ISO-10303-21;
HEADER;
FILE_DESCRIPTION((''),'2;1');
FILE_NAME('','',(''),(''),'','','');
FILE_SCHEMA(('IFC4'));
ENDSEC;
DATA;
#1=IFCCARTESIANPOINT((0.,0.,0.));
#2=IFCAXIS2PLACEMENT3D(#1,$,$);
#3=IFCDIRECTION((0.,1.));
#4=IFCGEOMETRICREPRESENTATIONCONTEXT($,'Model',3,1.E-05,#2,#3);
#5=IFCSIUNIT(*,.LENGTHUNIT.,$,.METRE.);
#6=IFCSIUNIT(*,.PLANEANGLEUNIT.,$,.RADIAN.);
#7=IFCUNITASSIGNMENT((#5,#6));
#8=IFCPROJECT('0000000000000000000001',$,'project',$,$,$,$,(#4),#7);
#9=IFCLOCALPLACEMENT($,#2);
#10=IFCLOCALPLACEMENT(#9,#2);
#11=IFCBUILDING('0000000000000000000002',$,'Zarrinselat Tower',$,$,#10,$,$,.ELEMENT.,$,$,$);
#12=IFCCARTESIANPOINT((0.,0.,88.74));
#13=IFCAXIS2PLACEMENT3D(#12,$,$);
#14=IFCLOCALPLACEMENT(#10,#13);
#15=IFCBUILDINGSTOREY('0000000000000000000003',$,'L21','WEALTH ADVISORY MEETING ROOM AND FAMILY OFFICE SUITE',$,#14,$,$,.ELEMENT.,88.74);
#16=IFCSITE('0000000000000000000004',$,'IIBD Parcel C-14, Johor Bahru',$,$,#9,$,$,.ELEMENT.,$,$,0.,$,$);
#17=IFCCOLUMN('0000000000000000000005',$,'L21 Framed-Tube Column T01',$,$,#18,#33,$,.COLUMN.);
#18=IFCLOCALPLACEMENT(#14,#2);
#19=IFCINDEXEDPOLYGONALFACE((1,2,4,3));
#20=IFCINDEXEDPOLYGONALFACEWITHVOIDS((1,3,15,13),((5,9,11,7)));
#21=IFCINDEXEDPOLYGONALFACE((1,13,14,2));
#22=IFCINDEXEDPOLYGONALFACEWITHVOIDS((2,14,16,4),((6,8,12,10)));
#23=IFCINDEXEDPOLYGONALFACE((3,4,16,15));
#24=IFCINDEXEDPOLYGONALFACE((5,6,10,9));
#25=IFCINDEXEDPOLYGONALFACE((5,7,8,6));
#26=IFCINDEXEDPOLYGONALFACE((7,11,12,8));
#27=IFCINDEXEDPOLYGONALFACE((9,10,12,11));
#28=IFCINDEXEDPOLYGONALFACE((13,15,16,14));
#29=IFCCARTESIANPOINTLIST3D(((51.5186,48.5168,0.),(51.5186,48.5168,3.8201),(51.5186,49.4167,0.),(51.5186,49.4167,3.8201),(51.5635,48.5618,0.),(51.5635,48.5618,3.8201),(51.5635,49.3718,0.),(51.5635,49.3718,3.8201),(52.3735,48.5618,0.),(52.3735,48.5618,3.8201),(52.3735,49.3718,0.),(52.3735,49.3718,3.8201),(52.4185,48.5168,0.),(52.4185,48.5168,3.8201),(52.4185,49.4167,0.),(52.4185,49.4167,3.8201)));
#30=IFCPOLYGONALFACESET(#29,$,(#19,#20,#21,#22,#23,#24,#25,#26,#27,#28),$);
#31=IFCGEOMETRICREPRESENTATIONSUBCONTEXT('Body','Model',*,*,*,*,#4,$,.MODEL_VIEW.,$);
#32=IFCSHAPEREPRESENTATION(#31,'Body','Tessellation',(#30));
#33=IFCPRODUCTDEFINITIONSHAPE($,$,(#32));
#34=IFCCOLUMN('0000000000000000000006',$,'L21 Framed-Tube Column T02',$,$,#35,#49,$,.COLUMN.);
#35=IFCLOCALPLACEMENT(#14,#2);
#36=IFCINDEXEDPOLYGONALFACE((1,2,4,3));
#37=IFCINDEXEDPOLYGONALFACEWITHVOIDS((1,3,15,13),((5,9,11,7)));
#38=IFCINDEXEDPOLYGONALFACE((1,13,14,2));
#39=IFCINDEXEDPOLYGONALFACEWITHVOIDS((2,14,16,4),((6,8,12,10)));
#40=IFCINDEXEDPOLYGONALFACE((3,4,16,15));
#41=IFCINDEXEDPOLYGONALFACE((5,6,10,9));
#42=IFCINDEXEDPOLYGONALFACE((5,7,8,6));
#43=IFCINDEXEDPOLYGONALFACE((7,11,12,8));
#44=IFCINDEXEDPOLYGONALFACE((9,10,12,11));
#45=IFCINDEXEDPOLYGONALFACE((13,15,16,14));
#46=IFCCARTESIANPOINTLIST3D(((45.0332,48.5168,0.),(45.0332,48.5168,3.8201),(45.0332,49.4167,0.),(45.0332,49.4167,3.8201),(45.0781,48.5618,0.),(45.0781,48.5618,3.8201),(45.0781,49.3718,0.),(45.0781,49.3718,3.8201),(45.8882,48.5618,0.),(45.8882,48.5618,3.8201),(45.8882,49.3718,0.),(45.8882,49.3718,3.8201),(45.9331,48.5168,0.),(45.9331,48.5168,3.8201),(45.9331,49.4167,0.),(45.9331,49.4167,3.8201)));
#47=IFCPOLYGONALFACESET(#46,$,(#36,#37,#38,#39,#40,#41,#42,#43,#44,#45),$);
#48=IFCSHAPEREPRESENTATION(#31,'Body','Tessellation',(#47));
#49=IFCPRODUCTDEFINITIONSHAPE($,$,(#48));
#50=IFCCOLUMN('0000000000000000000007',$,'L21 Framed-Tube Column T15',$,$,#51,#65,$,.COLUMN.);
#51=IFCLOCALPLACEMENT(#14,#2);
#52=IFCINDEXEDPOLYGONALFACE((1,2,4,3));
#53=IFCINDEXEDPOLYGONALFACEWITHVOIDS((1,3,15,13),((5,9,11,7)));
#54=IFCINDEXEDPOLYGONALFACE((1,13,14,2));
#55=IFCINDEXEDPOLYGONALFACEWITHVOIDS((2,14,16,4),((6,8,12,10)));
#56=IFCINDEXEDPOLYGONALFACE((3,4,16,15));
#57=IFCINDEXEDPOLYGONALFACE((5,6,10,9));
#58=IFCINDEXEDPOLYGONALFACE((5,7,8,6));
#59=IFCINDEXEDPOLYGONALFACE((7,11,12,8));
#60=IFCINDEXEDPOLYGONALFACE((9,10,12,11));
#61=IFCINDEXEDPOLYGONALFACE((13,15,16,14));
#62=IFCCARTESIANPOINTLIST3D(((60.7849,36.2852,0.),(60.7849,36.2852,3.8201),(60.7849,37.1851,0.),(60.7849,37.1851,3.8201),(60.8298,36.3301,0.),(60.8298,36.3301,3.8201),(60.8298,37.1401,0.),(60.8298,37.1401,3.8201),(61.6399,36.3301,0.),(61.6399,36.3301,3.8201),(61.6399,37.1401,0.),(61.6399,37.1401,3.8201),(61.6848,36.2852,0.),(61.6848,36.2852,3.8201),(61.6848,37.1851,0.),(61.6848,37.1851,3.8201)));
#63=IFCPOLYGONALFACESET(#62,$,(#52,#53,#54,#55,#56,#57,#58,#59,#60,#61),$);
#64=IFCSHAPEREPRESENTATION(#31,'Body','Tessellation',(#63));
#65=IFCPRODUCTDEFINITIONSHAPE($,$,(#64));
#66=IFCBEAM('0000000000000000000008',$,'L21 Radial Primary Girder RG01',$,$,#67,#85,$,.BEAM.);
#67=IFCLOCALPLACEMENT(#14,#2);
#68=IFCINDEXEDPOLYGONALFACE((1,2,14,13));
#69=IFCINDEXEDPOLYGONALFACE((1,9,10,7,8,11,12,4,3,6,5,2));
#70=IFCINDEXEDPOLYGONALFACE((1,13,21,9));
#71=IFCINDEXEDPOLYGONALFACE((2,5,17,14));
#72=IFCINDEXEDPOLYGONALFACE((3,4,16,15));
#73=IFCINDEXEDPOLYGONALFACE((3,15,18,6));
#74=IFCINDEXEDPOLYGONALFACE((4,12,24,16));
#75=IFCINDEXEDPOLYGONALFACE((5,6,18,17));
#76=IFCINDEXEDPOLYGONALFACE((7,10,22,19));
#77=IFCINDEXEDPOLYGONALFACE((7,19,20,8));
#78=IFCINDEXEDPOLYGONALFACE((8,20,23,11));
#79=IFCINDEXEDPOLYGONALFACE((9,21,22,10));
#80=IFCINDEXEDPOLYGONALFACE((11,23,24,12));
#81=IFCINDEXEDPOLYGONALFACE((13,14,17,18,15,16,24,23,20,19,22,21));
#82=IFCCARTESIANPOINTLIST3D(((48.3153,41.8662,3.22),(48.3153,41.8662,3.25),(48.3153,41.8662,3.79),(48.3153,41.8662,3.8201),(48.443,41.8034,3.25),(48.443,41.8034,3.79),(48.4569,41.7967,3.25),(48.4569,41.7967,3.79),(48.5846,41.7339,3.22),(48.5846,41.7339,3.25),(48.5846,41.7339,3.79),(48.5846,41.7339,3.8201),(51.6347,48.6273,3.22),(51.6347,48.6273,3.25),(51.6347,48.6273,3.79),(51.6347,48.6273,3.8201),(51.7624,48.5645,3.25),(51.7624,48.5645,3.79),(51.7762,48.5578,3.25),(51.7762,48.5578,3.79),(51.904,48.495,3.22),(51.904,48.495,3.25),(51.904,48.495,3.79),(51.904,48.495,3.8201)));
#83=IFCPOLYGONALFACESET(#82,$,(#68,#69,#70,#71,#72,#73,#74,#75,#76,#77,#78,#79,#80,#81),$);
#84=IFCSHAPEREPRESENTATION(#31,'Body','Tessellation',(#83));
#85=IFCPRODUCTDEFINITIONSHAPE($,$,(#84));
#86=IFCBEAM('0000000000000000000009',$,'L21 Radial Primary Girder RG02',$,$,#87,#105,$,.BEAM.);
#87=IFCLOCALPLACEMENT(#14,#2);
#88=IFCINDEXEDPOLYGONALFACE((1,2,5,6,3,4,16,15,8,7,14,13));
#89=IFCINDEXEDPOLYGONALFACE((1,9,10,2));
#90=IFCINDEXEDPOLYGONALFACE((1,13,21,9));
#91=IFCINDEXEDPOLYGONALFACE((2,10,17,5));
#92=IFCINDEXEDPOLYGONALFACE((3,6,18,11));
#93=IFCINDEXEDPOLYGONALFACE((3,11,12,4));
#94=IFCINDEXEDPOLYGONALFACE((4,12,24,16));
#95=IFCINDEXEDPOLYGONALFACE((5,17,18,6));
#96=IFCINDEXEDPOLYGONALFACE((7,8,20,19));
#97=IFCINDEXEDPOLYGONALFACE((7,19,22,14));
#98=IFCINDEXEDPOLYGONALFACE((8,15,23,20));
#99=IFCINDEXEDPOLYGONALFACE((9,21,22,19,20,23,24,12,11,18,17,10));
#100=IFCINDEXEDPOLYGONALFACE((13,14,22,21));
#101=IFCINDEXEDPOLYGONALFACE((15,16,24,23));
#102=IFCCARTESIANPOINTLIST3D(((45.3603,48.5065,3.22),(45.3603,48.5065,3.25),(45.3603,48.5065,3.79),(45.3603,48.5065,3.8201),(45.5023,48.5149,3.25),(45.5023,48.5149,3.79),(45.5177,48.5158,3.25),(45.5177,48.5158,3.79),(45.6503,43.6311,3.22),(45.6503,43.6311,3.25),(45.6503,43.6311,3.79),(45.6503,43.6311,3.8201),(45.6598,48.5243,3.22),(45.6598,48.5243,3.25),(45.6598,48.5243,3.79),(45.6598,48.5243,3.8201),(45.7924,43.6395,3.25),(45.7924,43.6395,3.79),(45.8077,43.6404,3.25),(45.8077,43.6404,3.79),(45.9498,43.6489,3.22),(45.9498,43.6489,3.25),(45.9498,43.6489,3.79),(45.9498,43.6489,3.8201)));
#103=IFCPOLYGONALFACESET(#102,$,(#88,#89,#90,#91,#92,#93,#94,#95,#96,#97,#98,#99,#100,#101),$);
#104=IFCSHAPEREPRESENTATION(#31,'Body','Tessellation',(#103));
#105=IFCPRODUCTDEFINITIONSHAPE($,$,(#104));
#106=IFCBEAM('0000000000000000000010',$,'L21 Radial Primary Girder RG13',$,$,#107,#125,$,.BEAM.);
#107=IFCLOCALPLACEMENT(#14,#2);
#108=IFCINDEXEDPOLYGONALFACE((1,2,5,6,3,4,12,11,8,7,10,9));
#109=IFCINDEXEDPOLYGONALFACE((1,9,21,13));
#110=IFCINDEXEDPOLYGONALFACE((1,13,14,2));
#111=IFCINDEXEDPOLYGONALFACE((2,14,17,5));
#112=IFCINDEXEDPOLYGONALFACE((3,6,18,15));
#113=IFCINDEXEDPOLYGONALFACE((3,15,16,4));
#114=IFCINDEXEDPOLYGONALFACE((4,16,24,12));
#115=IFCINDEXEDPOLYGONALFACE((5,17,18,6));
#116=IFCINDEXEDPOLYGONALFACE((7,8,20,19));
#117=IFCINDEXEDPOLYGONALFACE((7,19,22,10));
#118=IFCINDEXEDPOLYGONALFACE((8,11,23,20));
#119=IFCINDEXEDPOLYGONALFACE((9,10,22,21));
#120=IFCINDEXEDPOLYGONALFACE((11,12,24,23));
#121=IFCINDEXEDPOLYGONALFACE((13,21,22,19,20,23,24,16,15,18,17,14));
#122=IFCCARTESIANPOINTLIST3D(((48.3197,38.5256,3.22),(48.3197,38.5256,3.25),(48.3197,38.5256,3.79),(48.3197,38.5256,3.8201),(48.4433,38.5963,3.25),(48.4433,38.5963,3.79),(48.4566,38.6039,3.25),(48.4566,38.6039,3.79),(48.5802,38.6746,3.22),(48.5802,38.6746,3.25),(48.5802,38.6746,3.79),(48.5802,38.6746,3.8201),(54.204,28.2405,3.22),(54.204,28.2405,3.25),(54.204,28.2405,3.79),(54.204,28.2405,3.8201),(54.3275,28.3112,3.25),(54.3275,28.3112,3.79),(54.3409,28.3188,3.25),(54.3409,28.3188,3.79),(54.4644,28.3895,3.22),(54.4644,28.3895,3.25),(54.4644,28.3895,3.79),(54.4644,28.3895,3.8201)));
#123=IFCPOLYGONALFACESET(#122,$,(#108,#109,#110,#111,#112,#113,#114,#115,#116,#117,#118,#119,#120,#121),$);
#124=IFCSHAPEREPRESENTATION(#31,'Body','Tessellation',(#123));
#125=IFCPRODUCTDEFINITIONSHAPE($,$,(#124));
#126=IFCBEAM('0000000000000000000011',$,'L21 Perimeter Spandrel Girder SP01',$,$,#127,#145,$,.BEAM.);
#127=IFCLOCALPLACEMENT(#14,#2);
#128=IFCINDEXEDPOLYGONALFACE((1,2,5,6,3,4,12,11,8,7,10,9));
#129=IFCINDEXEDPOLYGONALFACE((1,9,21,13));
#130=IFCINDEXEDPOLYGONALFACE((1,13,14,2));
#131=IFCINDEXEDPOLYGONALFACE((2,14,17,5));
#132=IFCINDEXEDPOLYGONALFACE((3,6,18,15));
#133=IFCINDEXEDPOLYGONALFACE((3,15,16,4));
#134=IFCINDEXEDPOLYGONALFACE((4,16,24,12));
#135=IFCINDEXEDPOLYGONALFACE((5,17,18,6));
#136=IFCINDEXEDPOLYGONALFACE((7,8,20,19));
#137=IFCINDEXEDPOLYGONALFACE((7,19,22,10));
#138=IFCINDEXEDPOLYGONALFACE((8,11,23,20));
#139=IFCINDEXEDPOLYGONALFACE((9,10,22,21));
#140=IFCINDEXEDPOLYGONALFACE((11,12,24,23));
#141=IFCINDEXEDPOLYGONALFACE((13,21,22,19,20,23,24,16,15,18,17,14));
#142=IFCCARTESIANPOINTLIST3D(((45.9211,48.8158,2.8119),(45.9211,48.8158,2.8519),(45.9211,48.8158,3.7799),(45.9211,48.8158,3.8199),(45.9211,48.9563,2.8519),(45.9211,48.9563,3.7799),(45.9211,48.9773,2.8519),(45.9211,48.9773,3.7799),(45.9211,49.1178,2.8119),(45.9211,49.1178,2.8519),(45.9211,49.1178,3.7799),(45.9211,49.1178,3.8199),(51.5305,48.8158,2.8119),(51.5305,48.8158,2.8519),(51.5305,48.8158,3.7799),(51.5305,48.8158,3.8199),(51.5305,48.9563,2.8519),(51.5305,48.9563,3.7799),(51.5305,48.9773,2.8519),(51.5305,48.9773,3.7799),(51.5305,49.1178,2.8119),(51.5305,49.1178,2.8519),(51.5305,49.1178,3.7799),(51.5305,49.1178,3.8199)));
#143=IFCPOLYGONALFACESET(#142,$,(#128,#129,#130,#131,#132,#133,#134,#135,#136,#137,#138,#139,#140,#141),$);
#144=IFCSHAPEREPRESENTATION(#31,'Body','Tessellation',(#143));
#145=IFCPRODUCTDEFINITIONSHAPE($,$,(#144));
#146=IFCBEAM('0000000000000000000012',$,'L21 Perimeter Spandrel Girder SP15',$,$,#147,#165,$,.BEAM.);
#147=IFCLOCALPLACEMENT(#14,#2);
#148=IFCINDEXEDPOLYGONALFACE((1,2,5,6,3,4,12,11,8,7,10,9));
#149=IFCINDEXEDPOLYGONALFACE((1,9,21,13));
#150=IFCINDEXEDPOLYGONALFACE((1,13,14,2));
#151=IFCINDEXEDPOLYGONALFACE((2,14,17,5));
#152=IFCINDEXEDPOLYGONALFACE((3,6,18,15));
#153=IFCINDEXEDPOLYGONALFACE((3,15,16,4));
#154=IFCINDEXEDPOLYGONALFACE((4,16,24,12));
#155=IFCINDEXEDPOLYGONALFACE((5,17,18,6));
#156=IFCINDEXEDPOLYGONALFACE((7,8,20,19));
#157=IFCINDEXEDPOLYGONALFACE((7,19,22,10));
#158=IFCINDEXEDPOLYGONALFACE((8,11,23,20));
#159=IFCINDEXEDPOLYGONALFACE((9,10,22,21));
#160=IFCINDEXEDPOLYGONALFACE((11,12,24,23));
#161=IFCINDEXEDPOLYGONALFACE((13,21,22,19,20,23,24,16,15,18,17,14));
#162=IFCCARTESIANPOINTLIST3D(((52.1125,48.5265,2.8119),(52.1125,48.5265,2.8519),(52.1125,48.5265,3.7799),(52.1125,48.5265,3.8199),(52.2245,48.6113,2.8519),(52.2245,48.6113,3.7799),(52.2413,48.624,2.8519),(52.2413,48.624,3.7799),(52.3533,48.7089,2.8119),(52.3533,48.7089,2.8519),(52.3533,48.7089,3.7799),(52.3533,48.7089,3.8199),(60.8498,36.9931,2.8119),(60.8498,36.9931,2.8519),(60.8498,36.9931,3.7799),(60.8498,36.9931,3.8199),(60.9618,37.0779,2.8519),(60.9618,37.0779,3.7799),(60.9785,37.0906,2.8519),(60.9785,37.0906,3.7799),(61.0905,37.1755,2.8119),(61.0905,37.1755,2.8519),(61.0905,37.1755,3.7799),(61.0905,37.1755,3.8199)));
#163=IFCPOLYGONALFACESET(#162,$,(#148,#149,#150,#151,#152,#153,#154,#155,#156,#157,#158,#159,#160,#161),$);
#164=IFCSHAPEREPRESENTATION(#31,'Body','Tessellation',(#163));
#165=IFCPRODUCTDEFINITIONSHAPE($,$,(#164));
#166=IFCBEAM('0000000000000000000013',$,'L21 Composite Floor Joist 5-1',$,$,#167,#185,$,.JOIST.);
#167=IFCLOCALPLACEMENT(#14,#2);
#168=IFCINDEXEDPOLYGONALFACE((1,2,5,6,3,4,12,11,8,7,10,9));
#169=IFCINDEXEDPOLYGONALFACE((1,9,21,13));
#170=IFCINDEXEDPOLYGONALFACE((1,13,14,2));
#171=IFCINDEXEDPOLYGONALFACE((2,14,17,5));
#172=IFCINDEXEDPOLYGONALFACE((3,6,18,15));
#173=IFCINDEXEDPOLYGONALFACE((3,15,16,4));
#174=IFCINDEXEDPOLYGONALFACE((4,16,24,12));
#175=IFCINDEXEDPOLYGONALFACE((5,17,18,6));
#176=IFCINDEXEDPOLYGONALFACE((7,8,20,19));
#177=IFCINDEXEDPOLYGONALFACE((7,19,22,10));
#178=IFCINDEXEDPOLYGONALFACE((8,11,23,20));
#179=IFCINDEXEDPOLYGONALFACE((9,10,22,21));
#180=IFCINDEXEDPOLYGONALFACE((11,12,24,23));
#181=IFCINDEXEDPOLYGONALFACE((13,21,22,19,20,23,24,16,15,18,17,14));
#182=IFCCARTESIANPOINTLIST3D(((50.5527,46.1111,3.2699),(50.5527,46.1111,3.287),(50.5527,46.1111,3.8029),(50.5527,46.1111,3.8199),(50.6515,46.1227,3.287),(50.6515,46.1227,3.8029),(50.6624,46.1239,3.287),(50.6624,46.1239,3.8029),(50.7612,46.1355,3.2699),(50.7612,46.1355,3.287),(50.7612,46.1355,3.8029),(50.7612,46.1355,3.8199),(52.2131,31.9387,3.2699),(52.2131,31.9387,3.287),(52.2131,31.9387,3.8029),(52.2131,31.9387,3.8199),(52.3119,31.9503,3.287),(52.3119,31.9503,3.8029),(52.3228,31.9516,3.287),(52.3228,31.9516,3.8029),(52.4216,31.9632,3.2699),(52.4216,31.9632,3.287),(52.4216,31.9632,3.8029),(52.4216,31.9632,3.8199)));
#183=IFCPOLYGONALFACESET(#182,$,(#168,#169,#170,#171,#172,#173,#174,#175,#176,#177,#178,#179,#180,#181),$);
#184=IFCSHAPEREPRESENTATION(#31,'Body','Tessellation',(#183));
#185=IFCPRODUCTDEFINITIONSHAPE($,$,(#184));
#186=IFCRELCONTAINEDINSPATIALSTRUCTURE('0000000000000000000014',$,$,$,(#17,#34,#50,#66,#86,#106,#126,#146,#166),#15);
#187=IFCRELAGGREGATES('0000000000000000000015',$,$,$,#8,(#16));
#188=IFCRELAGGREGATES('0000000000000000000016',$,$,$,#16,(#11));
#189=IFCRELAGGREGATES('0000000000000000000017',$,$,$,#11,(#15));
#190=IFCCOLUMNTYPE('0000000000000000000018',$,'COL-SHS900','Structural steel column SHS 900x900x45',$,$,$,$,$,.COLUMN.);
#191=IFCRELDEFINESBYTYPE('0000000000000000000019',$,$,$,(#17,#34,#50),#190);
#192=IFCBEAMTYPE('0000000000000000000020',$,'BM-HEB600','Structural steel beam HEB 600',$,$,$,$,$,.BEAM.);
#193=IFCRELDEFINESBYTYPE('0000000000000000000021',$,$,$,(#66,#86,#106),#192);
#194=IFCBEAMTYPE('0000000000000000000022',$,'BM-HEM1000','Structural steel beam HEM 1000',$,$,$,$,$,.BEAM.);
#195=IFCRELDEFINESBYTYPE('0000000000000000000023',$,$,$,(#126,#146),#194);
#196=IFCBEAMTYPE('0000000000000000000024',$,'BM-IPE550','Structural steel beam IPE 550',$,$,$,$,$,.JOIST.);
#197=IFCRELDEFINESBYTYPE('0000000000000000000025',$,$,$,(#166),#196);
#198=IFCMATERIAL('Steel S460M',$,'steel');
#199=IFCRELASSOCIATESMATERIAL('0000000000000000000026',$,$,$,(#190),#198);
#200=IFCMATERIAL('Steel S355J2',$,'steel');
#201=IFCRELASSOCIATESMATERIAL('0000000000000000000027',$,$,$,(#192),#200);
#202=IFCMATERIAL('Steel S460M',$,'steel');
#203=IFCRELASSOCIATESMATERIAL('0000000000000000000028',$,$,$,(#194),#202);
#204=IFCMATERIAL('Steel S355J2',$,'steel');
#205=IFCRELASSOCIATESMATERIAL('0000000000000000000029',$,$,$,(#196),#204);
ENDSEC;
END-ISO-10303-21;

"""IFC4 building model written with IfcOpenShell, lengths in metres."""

from ifc_helpers import new_model, si_unit, direction, frame, origin, origin_2d, place, context, subcontext, project, spatial, hollow_rectangle, i_section, extrude, material, material_profile, profile_set, type_object, element, save


model = new_model("IFC4")

# Units and contexts
model_context = context("Model", 3, precision=1e-05, world=origin(), true_north=direction((0.0, 1.0)))
body_context = subcontext(model_context, "Body", "Model", "MODEL_VIEW")
ifc_project = project(units=[si_unit("LENGTHUNIT", "METRE"), si_unit("PLANEANGLEUNIT", "RADIAN")], contexts=[model_context])

# Site, building, storey
site_placement = place(None, origin())
site = spatial("IfcSite", under=ifc_project, at=site_placement, Name="IIBD Parcel C-14, Johor Bahru", CompositionType="ELEMENT", RefElevation=0.0)
building_placement = place(site_placement, origin())
building = spatial("IfcBuilding", under=site, at=building_placement, Name="Zarrinselat Tower", CompositionType="ELEMENT")
storey_placement = place(building_placement, frame((0.0, 0.0, 88.74)))
storey = spatial("IfcBuildingStorey", under=building, at=storey_placement, Name="L21", Description="WEALTH ADVISORY MEETING ROOM AND FAMILY OFFICE SUITE", CompositionType="ELEMENT", Elevation=88.74)

# Columns
ifc_material_1 = material(Name="Steel S460M", Category="steel")
ifc_material_profile_1 = material_profile(ifc_material_1, hollow_rectangle(XDim=0.8999, YDim=0.8999, WallThickness=0.0449, at=origin_2d()), Name="SHS 900x900x45")
ifc_profile_set_1 = profile_set([ifc_material_profile_1], Name="Steel S460M")
column_type = type_object("IfcColumnType", Name="COL-SHS900", Description="Structural steel column SHS 900x900x45", PredefinedType="COLUMN", material=ifc_profile_set_1)
for number, where, z_axis, x_axis, name in (
    (1, (51.9685, 48.9668, 0.0), (0.0, 0.0, 1.0), (1.0, 0.0, 0.0), "L21 Framed-Tube Column T01"),
    (2, (45.4832, 48.9668, 0.0), (0.0, 0.0, 1.0), (1.0, 0.0, 0.0), "L21 Framed-Tube Column T02"),
    (3, (61.2349, 36.7351, 0.0), (0.0, 0.0, 1.0), (1.0, 0.0, 0.0), "L21 Framed-Tube Column T15"),
):
    element("IfcColumn", number, at=place(storey_placement, frame(where, z_axis=z_axis, x_axis=x_axis)), inside=storey, type_object=column_type, Name=name, PredefinedType="COLUMN", context=body_context, shape_type="SweptSolid", body=[
        extrude(hollow_rectangle(XDim=0.8999, YDim=0.8999, WallThickness=0.0449, at=origin_2d()), origin(), (0.0, 0.0, 1.0), 3.8201),
    ])

# Beams
ifc_material_2 = material(Name="Steel S355J2", Category="steel")
ifc_material_profile_2 = material_profile(ifc_material_2, i_section(OverallWidth=0.3, OverallDepth=0.6001, WebThickness=0.0154, FlangeThickness=0.03, at=origin_2d()), Name="HEB 600")
ifc_profile_set_2 = profile_set([ifc_material_profile_2], Name="Steel S355J2")
beam_type_1 = type_object("IfcBeamType", Name="BM-HEB600", Description="Structural steel beam HEB 600", PredefinedType="BEAM", material=ifc_profile_set_2)
beam_1_placement = place(storey_placement, frame((48.45, 41.8, 3.52), z_axis=(0.440706, 0.897652, 0.0), x_axis=(-0.897652, 0.440706, 0.0)))
element("IfcBeam", 4, at=beam_1_placement, inside=storey, type_object=beam_type_1, Name="L21 Radial Primary Girder RG01", PredefinedType="BEAM", context=body_context, shape_type="SweptSolid", body=[
    extrude(i_section(OverallWidth=0.3, OverallDepth=0.6001, WebThickness=0.0154, FlangeThickness=0.03, at=origin_2d()), origin(), (0.0, 0.0, 1.0), 7.532),
])
beam_2_placement = place(storey_placement, frame((45.51, 48.5154, 3.52), z_axis=(0.059384, -0.998235, 0.0), x_axis=(0.998235, 0.059384, 0.0)))
element("IfcBeam", 5, at=beam_2_placement, inside=storey, type_object=beam_type_1, Name="L21 Radial Primary Girder RG02", PredefinedType="BEAM", context=body_context, shape_type="SweptSolid", body=[
    extrude(i_section(OverallWidth=0.3, OverallDepth=0.6001, WebThickness=0.0154, FlangeThickness=0.03, at=origin_2d()), origin(), (0.0, 0.0, 1.0), 4.884),
])
beam_3_placement = place(storey_placement, frame((48.45, 38.6001, 3.52), z_axis=(0.496587, -0.867987, 0.0), x_axis=(0.867987, 0.496587, 0.0)))
element("IfcBeam", 6, at=beam_3_placement, inside=storey, type_object=beam_type_1, Name="L21 Radial Primary Girder RG13", PredefinedType="BEAM", context=body_context, shape_type="SweptSolid", body=[
    extrude(i_section(OverallWidth=0.3, OverallDepth=0.6001, WebThickness=0.0154, FlangeThickness=0.03, at=origin_2d()), origin(), (0.0, 0.0, 1.0), 11.8494),
])
ifc_material_3 = material(Name="Steel S460M", Category="steel")
ifc_material_profile_3 = material_profile(ifc_material_3, i_section(OverallWidth=0.302, OverallDepth=1.0081, WebThickness=0.021, FlangeThickness=0.04, at=origin_2d()), Name="HEM 1000")
ifc_profile_set_3 = profile_set([ifc_material_profile_3], Name="Steel S460M")
beam_type_2 = type_object("IfcBeamType", Name="BM-HEM1000", Description="Structural steel beam HEM 1000", PredefinedType="BEAM", material=ifc_profile_set_3)
beam_4_placement = place(storey_placement, frame((45.9211, 48.9668, 3.3159), z_axis=(1.0, 0.0, 0.0), x_axis=(0.0, 1.0, 0.0)))
element("IfcBeam", 7, at=beam_4_placement, inside=storey, type_object=beam_type_2, Name="L21 Perimeter Spandrel Girder SP01", PredefinedType="BEAM", context=body_context, shape_type="SweptSolid", body=[
    extrude(i_section(OverallWidth=0.302, OverallDepth=1.0081, WebThickness=0.021, FlangeThickness=0.04, at=origin_2d()), origin(), (0.0, 0.0, 1.0), 5.6094),
])
beam_5_placement = place(storey_placement, frame((52.2329, 48.6177, 3.3159), z_axis=(0.603851, -0.797097, 0.0), x_axis=(0.797097, 0.603851, 0.0)))
element("IfcBeam", 8, at=beam_5_placement, inside=storey, type_object=beam_type_2, Name="L21 Perimeter Spandrel Girder SP15", PredefinedType="BEAM", context=body_context, shape_type="SweptSolid", body=[
    extrude(i_section(OverallWidth=0.302, OverallDepth=1.0081, WebThickness=0.021, FlangeThickness=0.04, at=origin_2d()), origin(), (0.0, 0.0, 1.0), 14.4692),
])
ifc_material_4 = material(Name="Steel S355J2", Category="steel")
ifc_material_profile_4 = material_profile(ifc_material_4, i_section(OverallWidth=0.21, OverallDepth=0.55, WebThickness=0.011, FlangeThickness=0.0171, at=origin_2d()), Name="IPE 550")
ifc_profile_set_4 = profile_set([ifc_material_profile_4], Name="Steel S355J2")
beam_type_3 = type_object("IfcBeamType", Name="BM-IPE550", Description="Structural steel beam IPE 550", PredefinedType="JOIST", material=ifc_profile_set_4)
beam_6_placement = place(storey_placement, frame((50.657, 46.1233, 3.5449), z_axis=(0.116362, -0.993207, 0.0), x_axis=(0.993207, 0.116362, 0.0)))
element("IfcBeam", 9, at=beam_6_placement, inside=storey, type_object=beam_type_3, Name="L21 Composite Floor Joist 5-1", PredefinedType="JOIST", context=body_context, shape_type="SweptSolid", body=[
    extrude(i_section(OverallWidth=0.21, OverallDepth=0.55, WebThickness=0.011, FlangeThickness=0.0171, at=origin_2d()), origin(), (0.0, 0.0, 1.0), 14.2693),
])

save(model, "model.ifc")
